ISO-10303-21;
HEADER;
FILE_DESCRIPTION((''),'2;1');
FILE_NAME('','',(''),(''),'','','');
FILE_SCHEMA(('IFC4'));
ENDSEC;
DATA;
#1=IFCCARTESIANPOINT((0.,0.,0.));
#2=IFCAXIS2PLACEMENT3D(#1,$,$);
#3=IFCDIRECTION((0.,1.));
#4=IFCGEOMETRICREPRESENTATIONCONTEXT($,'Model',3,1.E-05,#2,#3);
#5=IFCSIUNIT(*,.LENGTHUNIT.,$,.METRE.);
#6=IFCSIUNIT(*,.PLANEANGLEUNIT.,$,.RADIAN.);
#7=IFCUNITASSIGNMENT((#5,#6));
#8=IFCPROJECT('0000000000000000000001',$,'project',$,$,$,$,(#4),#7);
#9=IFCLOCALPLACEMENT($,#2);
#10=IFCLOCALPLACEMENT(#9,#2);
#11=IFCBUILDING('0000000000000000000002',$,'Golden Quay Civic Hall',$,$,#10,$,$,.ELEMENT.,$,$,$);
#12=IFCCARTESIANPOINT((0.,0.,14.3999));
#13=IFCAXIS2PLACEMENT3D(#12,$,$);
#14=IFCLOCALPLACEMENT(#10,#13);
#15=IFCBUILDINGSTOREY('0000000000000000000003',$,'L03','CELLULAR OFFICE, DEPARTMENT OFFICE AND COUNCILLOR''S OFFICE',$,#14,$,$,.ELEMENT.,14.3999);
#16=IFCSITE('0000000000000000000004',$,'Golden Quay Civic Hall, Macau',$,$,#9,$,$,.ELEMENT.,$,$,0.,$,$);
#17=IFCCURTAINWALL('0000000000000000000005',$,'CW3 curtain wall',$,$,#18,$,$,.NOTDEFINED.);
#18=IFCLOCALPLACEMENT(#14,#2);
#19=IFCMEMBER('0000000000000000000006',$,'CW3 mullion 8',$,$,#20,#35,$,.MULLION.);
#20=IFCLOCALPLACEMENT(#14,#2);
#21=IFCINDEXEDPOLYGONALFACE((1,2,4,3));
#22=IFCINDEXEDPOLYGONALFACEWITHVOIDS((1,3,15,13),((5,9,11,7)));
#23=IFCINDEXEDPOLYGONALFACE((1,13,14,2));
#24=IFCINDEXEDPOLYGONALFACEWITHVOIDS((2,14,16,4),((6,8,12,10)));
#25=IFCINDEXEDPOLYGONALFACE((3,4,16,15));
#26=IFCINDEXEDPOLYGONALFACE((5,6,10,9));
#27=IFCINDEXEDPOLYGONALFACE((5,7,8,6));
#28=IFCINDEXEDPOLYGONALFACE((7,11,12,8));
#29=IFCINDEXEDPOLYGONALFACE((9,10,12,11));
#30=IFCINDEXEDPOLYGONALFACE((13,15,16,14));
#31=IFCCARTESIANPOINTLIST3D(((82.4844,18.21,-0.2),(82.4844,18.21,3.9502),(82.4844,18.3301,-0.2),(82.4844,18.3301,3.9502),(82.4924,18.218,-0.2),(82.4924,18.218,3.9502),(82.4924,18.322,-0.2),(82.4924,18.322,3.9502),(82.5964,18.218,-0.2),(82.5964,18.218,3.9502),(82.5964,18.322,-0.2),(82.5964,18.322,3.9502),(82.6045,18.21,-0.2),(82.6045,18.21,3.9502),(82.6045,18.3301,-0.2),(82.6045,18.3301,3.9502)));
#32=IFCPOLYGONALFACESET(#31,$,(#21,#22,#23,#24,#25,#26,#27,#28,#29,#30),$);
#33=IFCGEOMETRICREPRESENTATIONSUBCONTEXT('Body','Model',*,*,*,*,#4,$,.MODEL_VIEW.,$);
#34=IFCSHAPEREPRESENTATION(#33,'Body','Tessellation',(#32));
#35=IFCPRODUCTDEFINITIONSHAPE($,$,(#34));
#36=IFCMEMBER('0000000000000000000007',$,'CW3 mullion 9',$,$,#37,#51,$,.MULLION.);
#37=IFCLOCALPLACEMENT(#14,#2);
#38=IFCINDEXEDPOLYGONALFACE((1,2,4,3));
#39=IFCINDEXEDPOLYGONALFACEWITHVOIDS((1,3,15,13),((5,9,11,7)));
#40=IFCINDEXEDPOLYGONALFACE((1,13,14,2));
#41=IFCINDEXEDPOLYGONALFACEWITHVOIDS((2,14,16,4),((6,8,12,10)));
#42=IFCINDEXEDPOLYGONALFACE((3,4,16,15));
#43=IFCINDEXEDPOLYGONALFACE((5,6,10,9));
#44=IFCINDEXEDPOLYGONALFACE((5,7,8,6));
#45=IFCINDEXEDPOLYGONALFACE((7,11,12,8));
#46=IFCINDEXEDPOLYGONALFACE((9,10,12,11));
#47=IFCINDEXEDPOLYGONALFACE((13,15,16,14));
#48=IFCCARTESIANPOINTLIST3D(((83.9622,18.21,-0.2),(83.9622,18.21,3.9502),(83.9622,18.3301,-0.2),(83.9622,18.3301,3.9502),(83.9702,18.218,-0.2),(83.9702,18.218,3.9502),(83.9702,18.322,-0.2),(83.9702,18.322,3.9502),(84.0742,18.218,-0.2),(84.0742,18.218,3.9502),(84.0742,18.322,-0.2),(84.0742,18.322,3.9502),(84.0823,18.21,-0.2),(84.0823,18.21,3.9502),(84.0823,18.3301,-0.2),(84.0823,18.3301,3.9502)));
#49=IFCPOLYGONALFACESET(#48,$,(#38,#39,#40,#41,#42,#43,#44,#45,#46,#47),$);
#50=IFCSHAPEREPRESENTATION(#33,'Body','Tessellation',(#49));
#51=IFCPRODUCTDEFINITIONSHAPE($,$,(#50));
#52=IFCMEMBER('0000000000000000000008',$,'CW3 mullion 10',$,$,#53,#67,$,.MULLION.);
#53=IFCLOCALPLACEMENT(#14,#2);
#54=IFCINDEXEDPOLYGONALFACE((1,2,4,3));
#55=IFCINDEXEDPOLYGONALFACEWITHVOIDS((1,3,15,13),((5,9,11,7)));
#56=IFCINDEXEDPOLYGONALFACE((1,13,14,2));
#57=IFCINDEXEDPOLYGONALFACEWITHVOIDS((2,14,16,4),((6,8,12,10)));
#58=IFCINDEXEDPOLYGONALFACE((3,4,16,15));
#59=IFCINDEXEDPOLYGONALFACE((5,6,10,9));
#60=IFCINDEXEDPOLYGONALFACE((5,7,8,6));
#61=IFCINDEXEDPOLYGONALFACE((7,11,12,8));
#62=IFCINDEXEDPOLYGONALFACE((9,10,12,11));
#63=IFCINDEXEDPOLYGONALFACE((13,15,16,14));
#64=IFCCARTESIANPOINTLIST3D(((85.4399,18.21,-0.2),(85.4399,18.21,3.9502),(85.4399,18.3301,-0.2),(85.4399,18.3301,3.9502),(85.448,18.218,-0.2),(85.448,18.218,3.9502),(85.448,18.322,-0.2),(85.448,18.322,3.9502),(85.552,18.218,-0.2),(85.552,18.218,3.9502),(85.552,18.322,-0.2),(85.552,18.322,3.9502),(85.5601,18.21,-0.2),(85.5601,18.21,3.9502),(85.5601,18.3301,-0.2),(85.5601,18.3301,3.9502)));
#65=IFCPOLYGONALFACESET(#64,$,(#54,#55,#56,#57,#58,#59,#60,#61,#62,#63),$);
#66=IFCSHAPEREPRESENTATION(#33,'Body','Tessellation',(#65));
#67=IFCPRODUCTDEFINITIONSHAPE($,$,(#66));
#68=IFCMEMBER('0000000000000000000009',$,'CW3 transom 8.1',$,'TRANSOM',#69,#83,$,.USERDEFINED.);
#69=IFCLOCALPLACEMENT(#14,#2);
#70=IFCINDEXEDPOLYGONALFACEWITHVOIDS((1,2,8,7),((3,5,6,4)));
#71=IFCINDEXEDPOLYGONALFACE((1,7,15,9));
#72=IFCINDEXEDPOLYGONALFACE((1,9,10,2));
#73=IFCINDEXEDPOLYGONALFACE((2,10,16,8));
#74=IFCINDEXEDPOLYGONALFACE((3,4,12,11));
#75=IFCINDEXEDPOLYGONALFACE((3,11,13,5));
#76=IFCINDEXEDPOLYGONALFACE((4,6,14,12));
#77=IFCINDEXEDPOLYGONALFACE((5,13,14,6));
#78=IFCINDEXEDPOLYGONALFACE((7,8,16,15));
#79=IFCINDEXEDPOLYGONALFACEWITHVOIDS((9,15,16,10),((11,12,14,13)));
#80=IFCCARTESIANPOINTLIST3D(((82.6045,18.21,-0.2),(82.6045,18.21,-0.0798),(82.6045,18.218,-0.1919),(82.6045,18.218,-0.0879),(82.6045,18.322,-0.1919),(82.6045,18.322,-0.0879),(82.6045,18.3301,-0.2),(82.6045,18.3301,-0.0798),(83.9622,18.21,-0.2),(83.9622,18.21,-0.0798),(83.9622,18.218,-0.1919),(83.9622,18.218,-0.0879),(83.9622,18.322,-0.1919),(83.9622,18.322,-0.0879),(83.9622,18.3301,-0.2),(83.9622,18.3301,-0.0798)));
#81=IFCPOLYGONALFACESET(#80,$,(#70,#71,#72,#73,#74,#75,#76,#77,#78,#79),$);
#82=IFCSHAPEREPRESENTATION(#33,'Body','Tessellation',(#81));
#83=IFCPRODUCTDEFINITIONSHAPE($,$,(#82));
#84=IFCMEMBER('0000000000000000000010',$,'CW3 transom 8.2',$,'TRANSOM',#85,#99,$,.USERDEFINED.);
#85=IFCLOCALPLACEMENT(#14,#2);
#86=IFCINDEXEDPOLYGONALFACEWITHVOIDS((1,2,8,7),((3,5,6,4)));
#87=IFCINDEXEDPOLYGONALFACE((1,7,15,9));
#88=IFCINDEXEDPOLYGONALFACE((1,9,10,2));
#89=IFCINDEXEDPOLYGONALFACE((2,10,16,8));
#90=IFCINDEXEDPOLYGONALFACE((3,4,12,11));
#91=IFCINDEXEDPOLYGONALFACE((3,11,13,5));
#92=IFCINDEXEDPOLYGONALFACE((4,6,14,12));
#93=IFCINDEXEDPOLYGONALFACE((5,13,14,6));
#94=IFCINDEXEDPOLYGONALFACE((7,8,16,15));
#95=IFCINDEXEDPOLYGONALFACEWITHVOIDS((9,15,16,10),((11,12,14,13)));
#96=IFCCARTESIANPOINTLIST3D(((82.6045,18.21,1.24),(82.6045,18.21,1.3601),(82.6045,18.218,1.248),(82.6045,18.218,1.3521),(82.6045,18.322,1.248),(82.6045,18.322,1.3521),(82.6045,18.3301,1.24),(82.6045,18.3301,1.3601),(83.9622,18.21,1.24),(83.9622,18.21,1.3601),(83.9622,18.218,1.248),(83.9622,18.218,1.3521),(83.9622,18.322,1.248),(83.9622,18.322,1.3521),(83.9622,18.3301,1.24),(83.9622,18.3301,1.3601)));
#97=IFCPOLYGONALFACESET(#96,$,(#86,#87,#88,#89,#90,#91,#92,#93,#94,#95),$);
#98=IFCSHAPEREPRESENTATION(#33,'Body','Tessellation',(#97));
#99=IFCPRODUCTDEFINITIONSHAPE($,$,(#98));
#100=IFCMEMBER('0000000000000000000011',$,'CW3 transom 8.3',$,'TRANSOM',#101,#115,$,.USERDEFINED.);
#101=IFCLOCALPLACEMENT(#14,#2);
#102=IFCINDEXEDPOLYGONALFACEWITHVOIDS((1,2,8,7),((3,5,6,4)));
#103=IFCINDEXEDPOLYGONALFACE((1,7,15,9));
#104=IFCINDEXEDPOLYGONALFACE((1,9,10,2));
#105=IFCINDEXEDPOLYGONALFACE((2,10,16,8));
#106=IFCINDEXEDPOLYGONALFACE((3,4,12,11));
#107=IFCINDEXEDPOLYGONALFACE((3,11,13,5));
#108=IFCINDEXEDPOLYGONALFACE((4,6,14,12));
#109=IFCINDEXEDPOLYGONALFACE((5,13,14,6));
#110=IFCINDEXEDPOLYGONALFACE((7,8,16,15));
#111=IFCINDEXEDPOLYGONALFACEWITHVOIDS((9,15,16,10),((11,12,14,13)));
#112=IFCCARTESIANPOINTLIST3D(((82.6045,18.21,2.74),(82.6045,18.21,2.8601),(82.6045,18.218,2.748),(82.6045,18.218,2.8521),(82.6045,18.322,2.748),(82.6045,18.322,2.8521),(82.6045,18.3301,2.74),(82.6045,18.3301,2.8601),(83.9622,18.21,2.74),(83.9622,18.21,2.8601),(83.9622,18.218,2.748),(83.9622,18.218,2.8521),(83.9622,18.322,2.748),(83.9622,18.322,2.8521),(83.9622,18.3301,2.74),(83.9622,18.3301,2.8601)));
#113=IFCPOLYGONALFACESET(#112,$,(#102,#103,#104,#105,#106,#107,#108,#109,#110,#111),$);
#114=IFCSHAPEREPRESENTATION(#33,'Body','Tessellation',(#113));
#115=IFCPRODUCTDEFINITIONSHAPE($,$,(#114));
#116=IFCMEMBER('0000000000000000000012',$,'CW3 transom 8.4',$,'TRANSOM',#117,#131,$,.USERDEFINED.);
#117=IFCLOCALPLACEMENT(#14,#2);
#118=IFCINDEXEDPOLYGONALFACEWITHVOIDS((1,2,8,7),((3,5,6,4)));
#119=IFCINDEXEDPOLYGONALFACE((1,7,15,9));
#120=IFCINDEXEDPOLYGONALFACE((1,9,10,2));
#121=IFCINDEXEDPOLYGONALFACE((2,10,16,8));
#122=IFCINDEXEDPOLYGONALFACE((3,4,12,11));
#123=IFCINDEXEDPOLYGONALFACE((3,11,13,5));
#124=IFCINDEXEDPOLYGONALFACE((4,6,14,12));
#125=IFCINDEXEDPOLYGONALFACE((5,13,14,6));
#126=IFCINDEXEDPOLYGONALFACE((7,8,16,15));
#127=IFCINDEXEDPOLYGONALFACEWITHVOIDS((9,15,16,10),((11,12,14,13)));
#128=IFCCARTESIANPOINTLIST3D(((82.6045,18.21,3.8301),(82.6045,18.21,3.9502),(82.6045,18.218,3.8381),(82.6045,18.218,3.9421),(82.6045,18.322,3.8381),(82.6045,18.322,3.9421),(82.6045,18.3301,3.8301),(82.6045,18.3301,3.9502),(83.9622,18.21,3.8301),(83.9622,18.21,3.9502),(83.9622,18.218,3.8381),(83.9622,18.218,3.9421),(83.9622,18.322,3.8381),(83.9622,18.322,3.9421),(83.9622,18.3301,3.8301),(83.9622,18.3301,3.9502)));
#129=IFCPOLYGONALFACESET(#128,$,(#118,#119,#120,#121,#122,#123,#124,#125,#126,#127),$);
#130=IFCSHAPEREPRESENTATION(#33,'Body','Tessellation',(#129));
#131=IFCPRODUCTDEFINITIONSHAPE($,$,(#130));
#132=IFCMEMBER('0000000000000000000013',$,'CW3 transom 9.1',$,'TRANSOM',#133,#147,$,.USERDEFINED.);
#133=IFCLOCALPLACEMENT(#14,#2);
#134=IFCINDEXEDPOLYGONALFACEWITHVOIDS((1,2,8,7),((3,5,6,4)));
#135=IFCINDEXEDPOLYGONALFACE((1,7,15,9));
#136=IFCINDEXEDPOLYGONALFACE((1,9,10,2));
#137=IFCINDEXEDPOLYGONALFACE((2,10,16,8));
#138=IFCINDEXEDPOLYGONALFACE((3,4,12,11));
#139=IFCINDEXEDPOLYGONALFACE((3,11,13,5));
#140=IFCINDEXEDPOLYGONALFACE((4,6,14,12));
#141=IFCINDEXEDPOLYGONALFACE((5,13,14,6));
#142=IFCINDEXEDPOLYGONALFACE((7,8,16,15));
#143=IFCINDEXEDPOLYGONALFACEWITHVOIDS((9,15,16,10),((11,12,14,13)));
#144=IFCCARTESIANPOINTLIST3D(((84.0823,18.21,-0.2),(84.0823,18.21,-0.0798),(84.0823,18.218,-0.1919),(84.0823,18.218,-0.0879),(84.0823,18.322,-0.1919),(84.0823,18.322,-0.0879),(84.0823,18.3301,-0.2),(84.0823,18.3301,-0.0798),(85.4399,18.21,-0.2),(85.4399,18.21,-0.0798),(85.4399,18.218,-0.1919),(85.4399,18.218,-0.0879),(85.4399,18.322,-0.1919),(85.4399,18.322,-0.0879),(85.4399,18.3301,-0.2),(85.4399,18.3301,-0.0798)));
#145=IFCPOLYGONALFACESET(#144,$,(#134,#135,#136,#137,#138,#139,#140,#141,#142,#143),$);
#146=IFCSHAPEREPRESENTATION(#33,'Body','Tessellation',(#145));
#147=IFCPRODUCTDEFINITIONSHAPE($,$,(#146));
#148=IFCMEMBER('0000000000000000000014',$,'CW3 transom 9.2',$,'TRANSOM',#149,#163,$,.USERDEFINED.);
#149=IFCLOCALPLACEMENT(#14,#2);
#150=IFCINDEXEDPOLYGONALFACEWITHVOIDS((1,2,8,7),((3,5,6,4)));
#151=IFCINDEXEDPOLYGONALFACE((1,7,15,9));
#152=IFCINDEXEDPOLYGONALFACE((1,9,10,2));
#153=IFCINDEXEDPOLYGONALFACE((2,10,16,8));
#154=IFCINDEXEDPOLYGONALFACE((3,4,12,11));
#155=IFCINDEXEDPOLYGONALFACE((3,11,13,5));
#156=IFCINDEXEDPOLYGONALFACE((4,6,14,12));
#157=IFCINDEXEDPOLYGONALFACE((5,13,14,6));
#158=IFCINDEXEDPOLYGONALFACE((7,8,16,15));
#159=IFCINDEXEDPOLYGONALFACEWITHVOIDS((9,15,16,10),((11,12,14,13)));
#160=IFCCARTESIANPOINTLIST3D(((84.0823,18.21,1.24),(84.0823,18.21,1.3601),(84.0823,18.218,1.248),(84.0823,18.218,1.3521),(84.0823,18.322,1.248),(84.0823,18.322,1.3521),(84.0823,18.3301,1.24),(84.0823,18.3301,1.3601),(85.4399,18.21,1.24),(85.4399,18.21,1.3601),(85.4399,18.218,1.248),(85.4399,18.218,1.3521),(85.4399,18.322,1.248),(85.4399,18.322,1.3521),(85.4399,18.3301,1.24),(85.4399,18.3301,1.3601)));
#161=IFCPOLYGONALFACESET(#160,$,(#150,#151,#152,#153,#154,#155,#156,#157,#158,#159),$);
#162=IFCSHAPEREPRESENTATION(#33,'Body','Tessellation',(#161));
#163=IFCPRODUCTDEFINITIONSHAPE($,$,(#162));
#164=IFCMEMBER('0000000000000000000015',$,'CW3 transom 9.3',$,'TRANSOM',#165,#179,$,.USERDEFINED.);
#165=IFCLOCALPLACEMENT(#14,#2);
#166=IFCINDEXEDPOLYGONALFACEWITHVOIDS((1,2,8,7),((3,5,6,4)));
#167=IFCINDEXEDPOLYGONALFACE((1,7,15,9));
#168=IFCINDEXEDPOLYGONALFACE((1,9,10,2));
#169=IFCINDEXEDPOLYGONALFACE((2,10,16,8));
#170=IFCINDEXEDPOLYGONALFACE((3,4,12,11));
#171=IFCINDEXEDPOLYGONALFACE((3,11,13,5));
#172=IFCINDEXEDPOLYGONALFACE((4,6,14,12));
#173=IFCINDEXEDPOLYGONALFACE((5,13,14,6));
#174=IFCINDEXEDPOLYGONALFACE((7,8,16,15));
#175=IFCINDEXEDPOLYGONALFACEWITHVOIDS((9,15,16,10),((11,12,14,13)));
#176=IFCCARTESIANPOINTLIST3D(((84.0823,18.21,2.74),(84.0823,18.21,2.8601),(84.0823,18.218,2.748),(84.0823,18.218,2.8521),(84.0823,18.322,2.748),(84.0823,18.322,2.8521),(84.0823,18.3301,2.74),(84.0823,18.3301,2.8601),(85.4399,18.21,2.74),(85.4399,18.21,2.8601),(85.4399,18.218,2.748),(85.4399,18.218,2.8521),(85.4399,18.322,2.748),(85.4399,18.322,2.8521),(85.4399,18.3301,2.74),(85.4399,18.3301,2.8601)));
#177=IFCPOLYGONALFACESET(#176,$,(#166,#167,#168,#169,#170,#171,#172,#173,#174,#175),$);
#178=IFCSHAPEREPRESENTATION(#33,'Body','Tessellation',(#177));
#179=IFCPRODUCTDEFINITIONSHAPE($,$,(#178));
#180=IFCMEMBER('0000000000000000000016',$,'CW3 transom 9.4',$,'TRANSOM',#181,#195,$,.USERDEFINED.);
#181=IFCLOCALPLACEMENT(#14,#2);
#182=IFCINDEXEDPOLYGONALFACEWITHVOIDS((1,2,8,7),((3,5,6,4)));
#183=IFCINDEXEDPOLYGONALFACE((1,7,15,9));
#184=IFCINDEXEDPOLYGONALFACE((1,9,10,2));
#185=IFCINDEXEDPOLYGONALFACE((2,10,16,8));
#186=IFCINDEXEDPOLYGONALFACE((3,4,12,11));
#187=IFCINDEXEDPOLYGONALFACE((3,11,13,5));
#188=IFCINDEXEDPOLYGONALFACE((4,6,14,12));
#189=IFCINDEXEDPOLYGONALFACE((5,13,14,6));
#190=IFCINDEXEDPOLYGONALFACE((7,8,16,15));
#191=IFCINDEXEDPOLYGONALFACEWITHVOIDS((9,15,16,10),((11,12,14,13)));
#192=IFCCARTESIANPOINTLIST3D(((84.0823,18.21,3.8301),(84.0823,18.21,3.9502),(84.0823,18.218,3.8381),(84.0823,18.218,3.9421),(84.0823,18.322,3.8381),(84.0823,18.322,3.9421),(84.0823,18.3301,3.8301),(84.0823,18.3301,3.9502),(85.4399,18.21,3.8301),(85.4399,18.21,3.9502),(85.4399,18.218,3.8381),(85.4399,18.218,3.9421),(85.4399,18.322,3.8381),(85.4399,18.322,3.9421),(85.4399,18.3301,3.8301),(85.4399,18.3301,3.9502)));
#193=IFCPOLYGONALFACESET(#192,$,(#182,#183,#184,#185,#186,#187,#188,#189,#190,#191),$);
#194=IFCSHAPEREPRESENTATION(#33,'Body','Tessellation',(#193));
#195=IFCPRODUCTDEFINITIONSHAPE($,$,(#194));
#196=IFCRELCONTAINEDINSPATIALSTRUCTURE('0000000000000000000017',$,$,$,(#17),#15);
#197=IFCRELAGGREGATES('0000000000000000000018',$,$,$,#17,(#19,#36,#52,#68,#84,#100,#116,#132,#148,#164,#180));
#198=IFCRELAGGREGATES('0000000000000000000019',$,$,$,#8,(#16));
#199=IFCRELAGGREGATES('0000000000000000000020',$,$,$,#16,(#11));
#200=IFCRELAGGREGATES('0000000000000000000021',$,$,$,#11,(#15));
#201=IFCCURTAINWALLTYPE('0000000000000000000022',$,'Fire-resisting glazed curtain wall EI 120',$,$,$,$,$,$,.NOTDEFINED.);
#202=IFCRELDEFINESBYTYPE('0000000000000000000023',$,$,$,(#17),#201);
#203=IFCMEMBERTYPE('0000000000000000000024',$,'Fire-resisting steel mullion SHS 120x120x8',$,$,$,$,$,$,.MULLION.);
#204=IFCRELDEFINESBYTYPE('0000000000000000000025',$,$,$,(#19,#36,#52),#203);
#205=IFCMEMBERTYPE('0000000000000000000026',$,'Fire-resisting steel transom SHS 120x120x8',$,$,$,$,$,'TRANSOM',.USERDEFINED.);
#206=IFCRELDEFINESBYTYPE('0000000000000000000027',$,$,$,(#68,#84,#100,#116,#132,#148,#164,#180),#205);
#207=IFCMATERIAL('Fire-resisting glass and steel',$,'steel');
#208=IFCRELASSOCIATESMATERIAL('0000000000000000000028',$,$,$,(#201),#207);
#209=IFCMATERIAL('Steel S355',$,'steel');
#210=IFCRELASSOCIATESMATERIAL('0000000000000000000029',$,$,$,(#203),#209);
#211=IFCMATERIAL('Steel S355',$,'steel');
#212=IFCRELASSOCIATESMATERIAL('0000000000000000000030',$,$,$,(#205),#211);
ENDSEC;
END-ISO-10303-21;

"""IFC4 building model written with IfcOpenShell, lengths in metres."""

from ifc_helpers import new_model, si_unit, direction, frame, origin, origin_2d, place, context, subcontext, project, spatial, hollow_rectangle, extrude, material, material_profile, profile_set, type_object, element, aggregate, save


model = new_model("IFC4")

# Units and contexts
model_context = context("Model", 3, precision=1e-05, world=origin(), true_north=direction((0.0, 1.0)))
body_context = subcontext(model_context, "Body", "Model", "MODEL_VIEW")
ifc_project = project(units=[si_unit("LENGTHUNIT", "METRE"), si_unit("PLANEANGLEUNIT", "RADIAN")], contexts=[model_context])

# Site, building, storey
site_placement = place(None, origin())
site = spatial("IfcSite", under=ifc_project, at=site_placement, Name="Golden Quay Civic Hall, Macau", CompositionType="ELEMENT", RefElevation=0.0)
building_placement = place(site_placement, origin())
building = spatial("IfcBuilding", under=site, at=building_placement, Name="Golden Quay Civic Hall", CompositionType="ELEMENT")
storey_placement = place(building_placement, frame((0.0, 0.0, 14.3999)))
storey = spatial("IfcBuildingStorey", under=building, at=storey_placement, Name="L03", Description="CELLULAR OFFICE, DEPARTMENT OFFICE AND COUNCILLOR'S OFFICE", CompositionType="ELEMENT", Elevation=14.3999)

# Curtain wall, members
ifc_material_1 = material(Name="Fire-resisting glass and steel", Category="steel")
curtain_wall_type = type_object("IfcCurtainWallType", Name="Fire-resisting glazed curtain wall EI 120", PredefinedType="NOTDEFINED", material=ifc_material_1)
curtain_wall_placement = place(storey_placement, origin())
curtain_wall = element("IfcCurtainWall", 1, at=curtain_wall_placement, inside=storey, type_object=curtain_wall_type, Name="CW3 curtain wall", PredefinedType="NOTDEFINED")
ifc_material_2 = material(Name="Steel S355", Category="steel")
ifc_material_profile_1 = material_profile(ifc_material_2, hollow_rectangle(XDim=0.1201, YDim=0.1201, WallThickness=0.0081, at=origin_2d()), Name="SHS 120x120x8")
ifc_profile_set_1 = profile_set([ifc_material_profile_1], Name="Steel S355")
member_type_1 = type_object("IfcMemberType", Name="Fire-resisting steel mullion SHS 120x120x8", PredefinedType="MULLION", material=ifc_profile_set_1)
member_1_placement = place(storey_placement, frame((82.5444, 18.27, -0.2), z_axis=(0.0, 0.0, 1.0), x_axis=(0.0, 1.0, 0.0)))
member_1 = element("IfcMember", 2, at=member_1_placement, type_object=member_type_1, Name="CW3 mullion 8", PredefinedType="MULLION", context=body_context, shape_type="SweptSolid", body=[
    extrude(hollow_rectangle(XDim=0.1201, YDim=0.1201, WallThickness=0.0081, at=origin_2d()), origin(), (0.0, 0.0, 1.0), 4.1501),
])
member_2_placement = place(storey_placement, frame((84.0222, 18.27, -0.2), z_axis=(0.0, 0.0, 1.0), x_axis=(0.0, 1.0, 0.0)))
member_2 = element("IfcMember", 3, at=member_2_placement, type_object=member_type_1, Name="CW3 mullion 9", PredefinedType="MULLION", context=body_context, shape_type="SweptSolid", body=[
    extrude(hollow_rectangle(XDim=0.1201, YDim=0.1201, WallThickness=0.0081, at=origin_2d()), origin(), (0.0, 0.0, 1.0), 4.1501),
])
member_3_placement = place(storey_placement, frame((85.5, 18.27, -0.2), z_axis=(0.0, 0.0, 1.0), x_axis=(0.0, 1.0, 0.0)))
member_3 = element("IfcMember", 4, at=member_3_placement, type_object=member_type_1, Name="CW3 mullion 10", PredefinedType="MULLION", context=body_context, shape_type="SweptSolid", body=[
    extrude(hollow_rectangle(XDim=0.1201, YDim=0.1201, WallThickness=0.0081, at=origin_2d()), origin(), (0.0, 0.0, 1.0), 4.1501),
])
ifc_material_3 = material(Name="Steel S355", Category="steel")
ifc_material_profile_2 = material_profile(ifc_material_3, hollow_rectangle(XDim=0.1201, YDim=0.1201, WallThickness=0.0081, at=origin_2d()), Name="SHS 120x120x8")
ifc_profile_set_2 = profile_set([ifc_material_profile_2], Name="Steel S355")
member_type_2 = type_object("IfcMemberType", Name="Fire-resisting steel transom SHS 120x120x8", ElementType="TRANSOM", PredefinedType="USERDEFINED", material=ifc_profile_set_2)
member_4_placement = place(storey_placement, frame((82.6045, 18.27, -0.1399), z_axis=(1.0, 0.0, 0.0), x_axis=(0.0, 1.0, 0.0)))
member_4 = element("IfcMember", 5, at=member_4_placement, type_object=member_type_2, Name="CW3 transom 8.1", ObjectType="TRANSOM", PredefinedType="USERDEFINED", context=body_context, shape_type="SweptSolid", body=[
    extrude(hollow_rectangle(XDim=0.1201, YDim=0.1201, WallThickness=0.0081, at=origin_2d()), origin(), (0.0, 0.0, 1.0), 1.3577),
])
member_5_placement = place(storey_placement, frame((82.6045, 18.27, 1.3), z_axis=(1.0, 0.0, 0.0), x_axis=(0.0, 1.0, 0.0)))
member_5 = element("IfcMember", 6, at=member_5_placement, type_object=member_type_2, Name="CW3 transom 8.2", ObjectType="TRANSOM", PredefinedType="USERDEFINED", context=body_context, shape_type="SweptSolid", body=[
    extrude(hollow_rectangle(XDim=0.1201, YDim=0.1201, WallThickness=0.0081, at=origin_2d()), origin(), (0.0, 0.0, 1.0), 1.3577),
])
member_6_placement = place(storey_placement, frame((82.6045, 18.27, 2.8), z_axis=(1.0, 0.0, 0.0), x_axis=(0.0, 1.0, 0.0)))
member_6 = element("IfcMember", 7, at=member_6_placement, type_object=member_type_2, Name="CW3 transom 8.3", ObjectType="TRANSOM", PredefinedType="USERDEFINED", context=body_context, shape_type="SweptSolid", body=[
    extrude(hollow_rectangle(XDim=0.1201, YDim=0.1201, WallThickness=0.0081, at=origin_2d()), origin(), (0.0, 0.0, 1.0), 1.3577),
])
member_7_placement = place(storey_placement, frame((82.6045, 18.27, 3.8901), z_axis=(1.0, 0.0, 0.0), x_axis=(0.0, 1.0, 0.0)))
member_7 = element("IfcMember", 8, at=member_7_placement, type_object=member_type_2, Name="CW3 transom 8.4", ObjectType="TRANSOM", PredefinedType="USERDEFINED", context=body_context, shape_type="SweptSolid", body=[
    extrude(hollow_rectangle(XDim=0.1201, YDim=0.1201, WallThickness=0.0081, at=origin_2d()), origin(), (0.0, 0.0, 1.0), 1.3577),
])
member_8_placement = place(storey_placement, frame((84.0823, 18.27, -0.1399), z_axis=(1.0, 0.0, 0.0), x_axis=(0.0, 1.0, 0.0)))
member_8 = element("IfcMember", 9, at=member_8_placement, type_object=member_type_2, Name="CW3 transom 9.1", ObjectType="TRANSOM", PredefinedType="USERDEFINED", context=body_context, shape_type="SweptSolid", body=[
    extrude(hollow_rectangle(XDim=0.1201, YDim=0.1201, WallThickness=0.0081, at=origin_2d()), origin(), (0.0, 0.0, 1.0), 1.3577),
])
member_9_placement = place(storey_placement, frame((84.0823, 18.27, 1.3), z_axis=(1.0, 0.0, 0.0), x_axis=(0.0, 1.0, 0.0)))
member_9 = element("IfcMember", 10, at=member_9_placement, type_object=member_type_2, Name="CW3 transom 9.2", ObjectType="TRANSOM", PredefinedType="USERDEFINED", context=body_context, shape_type="SweptSolid", body=[
    extrude(hollow_rectangle(XDim=0.1201, YDim=0.1201, WallThickness=0.0081, at=origin_2d()), origin(), (0.0, 0.0, 1.0), 1.3577),
])
member_10_placement = place(storey_placement, frame((84.0823, 18.27, 2.8), z_axis=(1.0, 0.0, 0.0), x_axis=(0.0, 1.0, 0.0)))
member_10 = element("IfcMember", 11, at=member_10_placement, type_object=member_type_2, Name="CW3 transom 9.3", ObjectType="TRANSOM", PredefinedType="USERDEFINED", context=body_context, shape_type="SweptSolid", body=[
    extrude(hollow_rectangle(XDim=0.1201, YDim=0.1201, WallThickness=0.0081, at=origin_2d()), origin(), (0.0, 0.0, 1.0), 1.3577),
])
member_11_placement = place(storey_placement, frame((84.0823, 18.27, 3.8901), z_axis=(1.0, 0.0, 0.0), x_axis=(0.0, 1.0, 0.0)))
member_11 = element("IfcMember", 12, at=member_11_placement, type_object=member_type_2, Name="CW3 transom 9.4", ObjectType="TRANSOM", PredefinedType="USERDEFINED", context=body_context, shape_type="SweptSolid", body=[
    extrude(hollow_rectangle(XDim=0.1201, YDim=0.1201, WallThickness=0.0081, at=origin_2d()), origin(), (0.0, 0.0, 1.0), 1.3577),
])

aggregate(curtain_wall, [member_1, member_2, member_3, member_4, member_5, member_6, member_7, member_8, member_9, member_10, member_11])

save(model, "model.ifc")
